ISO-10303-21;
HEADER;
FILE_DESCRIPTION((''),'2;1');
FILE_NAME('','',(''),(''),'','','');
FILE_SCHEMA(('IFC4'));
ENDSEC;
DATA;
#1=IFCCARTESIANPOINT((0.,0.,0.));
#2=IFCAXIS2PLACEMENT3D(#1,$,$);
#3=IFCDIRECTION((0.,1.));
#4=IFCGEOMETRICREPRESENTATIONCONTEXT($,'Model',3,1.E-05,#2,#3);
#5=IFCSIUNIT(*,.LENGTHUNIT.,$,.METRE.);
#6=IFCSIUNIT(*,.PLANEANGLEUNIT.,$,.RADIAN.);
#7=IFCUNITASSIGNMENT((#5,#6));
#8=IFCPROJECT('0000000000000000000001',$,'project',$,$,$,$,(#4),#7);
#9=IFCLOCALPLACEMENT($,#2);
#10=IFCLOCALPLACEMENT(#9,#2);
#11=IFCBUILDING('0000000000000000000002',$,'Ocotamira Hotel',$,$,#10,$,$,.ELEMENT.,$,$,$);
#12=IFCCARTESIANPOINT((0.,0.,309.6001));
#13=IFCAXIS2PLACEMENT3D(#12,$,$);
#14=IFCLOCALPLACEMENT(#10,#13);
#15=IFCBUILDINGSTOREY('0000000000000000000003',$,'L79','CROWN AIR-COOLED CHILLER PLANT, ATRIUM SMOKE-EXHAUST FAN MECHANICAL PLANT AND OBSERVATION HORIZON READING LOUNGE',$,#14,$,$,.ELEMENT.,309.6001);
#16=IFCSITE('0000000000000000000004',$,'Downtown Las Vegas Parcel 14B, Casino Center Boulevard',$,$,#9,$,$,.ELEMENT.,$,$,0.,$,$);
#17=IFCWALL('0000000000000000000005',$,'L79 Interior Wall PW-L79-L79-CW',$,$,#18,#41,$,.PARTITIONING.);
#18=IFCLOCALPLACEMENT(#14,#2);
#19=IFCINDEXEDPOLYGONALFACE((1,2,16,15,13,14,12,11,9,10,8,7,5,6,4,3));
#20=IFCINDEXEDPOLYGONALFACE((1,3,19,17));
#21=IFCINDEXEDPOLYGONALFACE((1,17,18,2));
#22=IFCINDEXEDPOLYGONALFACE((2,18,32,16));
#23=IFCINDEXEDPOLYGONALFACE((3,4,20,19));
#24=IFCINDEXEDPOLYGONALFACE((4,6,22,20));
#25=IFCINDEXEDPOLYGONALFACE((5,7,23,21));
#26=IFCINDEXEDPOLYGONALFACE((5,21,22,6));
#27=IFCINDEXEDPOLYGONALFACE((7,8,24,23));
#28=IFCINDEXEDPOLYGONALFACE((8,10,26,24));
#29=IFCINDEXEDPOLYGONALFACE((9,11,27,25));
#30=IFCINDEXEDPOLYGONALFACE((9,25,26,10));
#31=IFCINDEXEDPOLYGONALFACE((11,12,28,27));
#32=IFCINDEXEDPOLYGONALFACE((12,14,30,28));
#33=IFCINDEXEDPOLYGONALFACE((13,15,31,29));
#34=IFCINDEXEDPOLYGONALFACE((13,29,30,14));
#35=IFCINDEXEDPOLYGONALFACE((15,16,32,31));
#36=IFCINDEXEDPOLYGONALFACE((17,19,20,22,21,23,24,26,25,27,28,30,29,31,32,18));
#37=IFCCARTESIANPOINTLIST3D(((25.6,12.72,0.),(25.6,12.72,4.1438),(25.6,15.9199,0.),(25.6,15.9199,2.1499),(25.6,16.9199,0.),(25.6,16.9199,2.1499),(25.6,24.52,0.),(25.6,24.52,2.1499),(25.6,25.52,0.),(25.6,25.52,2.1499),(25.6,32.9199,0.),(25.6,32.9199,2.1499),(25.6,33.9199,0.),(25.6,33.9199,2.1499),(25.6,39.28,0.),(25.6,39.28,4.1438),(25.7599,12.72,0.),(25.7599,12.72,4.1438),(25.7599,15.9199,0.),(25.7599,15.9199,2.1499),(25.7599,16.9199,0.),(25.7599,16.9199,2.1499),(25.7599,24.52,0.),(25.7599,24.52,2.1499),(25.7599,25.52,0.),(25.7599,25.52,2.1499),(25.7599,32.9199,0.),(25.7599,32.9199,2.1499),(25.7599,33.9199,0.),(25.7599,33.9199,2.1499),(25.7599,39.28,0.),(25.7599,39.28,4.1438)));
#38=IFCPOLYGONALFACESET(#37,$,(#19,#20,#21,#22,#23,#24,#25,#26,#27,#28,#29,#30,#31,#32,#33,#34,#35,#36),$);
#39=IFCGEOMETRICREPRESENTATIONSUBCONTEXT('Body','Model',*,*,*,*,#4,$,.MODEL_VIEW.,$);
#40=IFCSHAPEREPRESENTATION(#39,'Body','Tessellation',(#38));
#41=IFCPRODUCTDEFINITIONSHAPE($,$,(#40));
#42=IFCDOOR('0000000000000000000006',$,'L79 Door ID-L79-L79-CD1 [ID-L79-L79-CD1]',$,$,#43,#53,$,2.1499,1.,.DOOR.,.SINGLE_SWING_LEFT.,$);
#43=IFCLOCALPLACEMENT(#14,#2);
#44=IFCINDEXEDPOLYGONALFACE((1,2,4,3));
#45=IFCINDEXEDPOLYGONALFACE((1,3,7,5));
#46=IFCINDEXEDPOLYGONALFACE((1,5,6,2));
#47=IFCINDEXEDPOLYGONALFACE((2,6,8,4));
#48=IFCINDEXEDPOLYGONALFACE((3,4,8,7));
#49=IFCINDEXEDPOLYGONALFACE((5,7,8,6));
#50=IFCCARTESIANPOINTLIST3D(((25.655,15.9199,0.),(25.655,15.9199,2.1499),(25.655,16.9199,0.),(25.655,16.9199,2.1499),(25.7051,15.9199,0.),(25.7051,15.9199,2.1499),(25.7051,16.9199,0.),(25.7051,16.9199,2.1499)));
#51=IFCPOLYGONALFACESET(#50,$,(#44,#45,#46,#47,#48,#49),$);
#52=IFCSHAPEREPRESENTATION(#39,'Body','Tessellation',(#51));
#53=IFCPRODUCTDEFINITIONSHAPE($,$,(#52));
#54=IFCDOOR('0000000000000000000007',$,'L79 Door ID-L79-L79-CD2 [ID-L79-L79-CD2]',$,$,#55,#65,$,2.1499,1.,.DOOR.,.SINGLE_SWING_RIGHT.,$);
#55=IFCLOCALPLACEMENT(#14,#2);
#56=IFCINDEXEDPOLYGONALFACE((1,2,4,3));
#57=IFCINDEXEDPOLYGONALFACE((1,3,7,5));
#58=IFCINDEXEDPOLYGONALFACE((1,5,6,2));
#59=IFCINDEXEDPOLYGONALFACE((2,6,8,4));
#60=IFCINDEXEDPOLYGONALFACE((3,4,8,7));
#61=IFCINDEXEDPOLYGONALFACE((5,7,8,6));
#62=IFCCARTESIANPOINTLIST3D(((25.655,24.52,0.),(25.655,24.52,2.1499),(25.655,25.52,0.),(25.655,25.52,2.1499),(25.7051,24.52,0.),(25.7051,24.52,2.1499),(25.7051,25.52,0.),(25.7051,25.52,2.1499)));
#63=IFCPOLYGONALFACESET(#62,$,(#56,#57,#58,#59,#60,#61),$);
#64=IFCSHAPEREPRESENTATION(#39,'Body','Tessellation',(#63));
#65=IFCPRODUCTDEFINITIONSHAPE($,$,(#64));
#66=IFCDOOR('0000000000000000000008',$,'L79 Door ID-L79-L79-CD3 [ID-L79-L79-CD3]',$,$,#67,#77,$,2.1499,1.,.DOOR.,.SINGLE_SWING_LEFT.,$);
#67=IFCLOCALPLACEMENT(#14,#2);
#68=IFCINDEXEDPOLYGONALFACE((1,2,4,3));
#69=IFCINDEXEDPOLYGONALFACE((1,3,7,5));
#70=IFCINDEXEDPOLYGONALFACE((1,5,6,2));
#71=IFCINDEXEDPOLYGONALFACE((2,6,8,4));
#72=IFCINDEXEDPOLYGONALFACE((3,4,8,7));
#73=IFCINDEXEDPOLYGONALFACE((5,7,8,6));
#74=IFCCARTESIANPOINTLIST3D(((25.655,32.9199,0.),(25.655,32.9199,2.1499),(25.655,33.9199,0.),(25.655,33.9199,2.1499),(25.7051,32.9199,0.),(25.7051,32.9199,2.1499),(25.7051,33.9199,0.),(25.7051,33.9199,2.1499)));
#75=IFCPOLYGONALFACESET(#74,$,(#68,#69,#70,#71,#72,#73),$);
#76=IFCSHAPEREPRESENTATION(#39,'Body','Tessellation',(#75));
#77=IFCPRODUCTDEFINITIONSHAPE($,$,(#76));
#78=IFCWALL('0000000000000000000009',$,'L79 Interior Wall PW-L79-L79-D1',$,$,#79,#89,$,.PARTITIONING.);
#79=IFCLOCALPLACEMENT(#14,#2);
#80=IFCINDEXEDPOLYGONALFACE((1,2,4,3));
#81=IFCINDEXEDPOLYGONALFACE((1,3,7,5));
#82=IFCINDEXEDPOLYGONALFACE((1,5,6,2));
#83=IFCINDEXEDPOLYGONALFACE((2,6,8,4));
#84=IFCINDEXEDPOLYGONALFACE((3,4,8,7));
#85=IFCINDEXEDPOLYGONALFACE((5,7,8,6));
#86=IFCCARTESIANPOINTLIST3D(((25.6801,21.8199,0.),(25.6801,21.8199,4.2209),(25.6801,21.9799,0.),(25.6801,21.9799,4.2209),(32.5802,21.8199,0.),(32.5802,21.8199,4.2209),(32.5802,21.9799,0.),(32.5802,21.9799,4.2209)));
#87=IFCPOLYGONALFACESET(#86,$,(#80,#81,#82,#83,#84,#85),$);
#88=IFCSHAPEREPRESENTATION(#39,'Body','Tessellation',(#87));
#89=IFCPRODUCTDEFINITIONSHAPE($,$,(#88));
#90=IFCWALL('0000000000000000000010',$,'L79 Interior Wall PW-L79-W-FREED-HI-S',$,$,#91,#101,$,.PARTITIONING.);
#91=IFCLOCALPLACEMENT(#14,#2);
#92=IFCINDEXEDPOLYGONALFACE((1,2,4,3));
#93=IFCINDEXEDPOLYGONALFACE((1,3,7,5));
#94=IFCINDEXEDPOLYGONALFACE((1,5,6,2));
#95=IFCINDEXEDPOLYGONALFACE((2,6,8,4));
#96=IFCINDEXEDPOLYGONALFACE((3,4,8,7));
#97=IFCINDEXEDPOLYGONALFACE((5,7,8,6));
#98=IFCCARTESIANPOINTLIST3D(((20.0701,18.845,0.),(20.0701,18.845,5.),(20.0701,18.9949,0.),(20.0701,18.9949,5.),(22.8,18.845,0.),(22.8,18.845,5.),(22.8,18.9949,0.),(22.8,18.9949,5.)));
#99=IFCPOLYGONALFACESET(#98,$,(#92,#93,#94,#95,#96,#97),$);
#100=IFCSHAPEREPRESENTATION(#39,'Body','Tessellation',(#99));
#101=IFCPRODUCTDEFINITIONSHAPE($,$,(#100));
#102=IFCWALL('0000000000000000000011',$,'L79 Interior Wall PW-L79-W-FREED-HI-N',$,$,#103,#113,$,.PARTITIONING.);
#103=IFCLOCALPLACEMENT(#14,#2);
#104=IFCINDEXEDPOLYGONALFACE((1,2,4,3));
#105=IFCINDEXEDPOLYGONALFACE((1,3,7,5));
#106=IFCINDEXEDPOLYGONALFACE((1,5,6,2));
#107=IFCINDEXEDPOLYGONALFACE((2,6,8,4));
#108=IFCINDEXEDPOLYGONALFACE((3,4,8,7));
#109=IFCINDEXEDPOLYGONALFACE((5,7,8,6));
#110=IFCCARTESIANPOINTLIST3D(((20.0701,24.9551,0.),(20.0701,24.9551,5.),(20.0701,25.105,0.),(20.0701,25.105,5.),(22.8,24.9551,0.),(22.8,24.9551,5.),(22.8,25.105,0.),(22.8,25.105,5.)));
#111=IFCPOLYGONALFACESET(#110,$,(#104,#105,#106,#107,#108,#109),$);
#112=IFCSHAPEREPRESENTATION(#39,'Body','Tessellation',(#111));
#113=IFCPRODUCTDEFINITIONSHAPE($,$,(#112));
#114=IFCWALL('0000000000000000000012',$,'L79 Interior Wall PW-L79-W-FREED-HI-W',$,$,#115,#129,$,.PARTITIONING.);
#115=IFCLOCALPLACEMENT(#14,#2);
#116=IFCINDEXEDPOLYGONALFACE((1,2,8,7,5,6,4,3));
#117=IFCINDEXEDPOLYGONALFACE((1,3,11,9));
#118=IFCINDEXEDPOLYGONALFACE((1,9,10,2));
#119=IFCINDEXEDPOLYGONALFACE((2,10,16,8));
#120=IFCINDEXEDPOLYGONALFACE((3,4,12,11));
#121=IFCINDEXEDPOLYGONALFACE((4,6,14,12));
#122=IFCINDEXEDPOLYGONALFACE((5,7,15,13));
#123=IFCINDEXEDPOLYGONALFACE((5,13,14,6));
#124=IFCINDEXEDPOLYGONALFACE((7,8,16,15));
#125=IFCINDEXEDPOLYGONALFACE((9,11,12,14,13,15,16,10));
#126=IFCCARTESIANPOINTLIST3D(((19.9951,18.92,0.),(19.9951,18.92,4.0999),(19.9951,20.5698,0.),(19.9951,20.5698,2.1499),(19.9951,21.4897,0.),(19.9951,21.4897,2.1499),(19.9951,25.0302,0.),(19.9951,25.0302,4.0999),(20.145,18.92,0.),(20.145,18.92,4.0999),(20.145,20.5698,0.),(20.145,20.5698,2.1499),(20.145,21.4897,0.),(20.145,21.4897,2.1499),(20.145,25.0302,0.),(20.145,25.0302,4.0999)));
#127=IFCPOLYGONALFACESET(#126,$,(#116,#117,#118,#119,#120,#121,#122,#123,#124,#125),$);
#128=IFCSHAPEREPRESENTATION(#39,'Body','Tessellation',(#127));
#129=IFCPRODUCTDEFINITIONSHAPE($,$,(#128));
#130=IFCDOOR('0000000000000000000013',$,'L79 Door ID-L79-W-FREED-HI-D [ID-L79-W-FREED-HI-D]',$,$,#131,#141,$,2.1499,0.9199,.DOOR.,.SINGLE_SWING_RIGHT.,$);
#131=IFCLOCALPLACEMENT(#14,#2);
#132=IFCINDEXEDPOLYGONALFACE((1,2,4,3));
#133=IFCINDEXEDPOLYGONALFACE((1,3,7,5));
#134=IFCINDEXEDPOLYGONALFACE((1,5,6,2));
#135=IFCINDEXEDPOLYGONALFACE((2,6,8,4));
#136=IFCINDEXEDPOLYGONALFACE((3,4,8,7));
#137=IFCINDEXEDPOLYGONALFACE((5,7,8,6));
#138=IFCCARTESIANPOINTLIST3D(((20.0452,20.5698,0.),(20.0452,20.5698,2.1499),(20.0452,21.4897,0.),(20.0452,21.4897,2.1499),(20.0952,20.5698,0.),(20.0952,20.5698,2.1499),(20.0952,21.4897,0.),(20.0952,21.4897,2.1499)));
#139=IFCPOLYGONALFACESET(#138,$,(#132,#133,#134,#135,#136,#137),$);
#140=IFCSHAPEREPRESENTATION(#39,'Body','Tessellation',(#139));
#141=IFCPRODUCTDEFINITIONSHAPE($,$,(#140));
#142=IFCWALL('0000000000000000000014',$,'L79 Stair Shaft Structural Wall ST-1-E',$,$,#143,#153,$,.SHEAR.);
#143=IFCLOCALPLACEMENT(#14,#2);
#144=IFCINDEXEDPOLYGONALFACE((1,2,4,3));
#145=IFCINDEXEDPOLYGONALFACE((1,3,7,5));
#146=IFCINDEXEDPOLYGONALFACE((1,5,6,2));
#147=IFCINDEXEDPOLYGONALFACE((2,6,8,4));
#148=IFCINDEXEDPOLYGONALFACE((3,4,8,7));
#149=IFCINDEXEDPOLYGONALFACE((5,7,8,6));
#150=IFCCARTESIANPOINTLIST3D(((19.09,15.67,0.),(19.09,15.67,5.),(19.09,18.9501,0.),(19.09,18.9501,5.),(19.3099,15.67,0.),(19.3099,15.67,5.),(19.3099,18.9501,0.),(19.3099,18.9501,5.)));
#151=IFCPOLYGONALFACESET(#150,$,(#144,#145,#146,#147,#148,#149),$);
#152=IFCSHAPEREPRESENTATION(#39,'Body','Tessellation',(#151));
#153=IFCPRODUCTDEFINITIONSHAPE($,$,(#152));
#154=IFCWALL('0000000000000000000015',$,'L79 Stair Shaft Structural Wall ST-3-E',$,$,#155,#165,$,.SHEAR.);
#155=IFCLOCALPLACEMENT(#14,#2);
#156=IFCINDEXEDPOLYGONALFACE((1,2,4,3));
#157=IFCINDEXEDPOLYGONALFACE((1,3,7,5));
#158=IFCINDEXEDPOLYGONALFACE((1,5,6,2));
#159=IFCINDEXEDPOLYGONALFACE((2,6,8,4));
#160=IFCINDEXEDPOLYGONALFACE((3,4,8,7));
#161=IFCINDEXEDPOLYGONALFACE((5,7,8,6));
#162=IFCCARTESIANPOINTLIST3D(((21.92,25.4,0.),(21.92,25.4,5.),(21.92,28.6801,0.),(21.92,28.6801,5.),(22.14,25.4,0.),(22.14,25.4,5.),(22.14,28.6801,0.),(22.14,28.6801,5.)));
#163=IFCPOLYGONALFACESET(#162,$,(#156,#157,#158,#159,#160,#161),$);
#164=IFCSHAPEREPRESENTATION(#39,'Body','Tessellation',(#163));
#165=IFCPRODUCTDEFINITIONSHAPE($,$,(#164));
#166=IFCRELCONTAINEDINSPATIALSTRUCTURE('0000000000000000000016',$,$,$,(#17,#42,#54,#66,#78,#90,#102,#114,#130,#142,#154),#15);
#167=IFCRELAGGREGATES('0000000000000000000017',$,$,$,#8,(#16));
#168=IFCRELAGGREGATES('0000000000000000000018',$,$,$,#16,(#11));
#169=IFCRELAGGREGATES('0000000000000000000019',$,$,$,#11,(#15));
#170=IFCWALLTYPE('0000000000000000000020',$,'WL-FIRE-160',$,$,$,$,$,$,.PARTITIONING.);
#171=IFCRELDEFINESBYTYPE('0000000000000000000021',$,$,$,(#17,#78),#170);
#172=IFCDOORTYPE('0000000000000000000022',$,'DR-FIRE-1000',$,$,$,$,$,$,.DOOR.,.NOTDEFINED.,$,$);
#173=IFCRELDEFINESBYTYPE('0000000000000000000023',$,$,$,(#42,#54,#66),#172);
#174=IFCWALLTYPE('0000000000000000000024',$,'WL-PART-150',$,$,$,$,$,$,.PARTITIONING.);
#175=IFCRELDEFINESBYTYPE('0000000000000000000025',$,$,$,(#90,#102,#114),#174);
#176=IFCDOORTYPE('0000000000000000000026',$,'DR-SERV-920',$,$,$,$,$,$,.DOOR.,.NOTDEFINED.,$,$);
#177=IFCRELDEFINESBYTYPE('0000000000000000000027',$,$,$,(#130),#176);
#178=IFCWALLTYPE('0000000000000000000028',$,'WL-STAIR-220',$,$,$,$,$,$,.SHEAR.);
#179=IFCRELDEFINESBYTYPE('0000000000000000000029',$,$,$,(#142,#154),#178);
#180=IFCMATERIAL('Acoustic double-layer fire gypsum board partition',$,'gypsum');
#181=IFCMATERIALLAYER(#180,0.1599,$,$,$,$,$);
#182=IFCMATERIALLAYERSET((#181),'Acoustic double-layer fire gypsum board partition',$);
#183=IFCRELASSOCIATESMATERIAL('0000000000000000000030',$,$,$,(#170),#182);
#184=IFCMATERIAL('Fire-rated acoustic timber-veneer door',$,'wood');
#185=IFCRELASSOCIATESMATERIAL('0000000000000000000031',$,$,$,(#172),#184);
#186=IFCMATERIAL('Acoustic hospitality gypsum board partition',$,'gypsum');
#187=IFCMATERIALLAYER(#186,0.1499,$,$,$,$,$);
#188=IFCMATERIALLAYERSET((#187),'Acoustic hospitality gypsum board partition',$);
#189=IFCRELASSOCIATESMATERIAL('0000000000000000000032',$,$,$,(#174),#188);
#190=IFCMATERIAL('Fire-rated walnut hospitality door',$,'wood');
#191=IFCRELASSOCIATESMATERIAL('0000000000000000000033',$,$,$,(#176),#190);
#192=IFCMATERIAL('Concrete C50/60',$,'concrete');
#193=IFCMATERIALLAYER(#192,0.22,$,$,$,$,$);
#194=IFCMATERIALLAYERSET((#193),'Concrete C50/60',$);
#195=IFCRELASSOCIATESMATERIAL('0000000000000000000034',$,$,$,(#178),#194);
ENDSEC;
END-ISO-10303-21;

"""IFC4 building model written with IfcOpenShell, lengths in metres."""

from ifc_helpers import new_model, si_unit, direction, frame, frame_2d, origin, place, context, subcontext, project, spatial, rectangle, extrude, source, transform, mapped, material, layer, layer_set, type_object, element, fill, save


model = new_model("IFC4")

# Units and contexts
model_context = context("Model", 3, precision=1e-05, world=origin(), true_north=direction((0.0, 1.0)))
body_context = subcontext(model_context, "Body", "Model", "MODEL_VIEW")
ifc_project = project(units=[si_unit("LENGTHUNIT", "METRE"), si_unit("PLANEANGLEUNIT", "RADIAN")], contexts=[model_context])

# Site, building, storey
site_placement = place(None, origin())
site = spatial("IfcSite", under=ifc_project, at=site_placement, Name="Downtown Las Vegas Parcel 14B, Casino Center Boulevard", CompositionType="ELEMENT", RefElevation=0.0)
building_placement = place(site_placement, origin())
building = spatial("IfcBuilding", under=site, at=building_placement, Name="Ocotamira Hotel", CompositionType="ELEMENT")
storey_placement = place(building_placement, frame((0.0, 0.0, 309.6001)))
storey = spatial("IfcBuildingStorey", under=building, at=storey_placement, Name="L79", Description="CROWN AIR-COOLED CHILLER PLANT, ATRIUM SMOKE-EXHAUST FAN MECHANICAL PLANT AND OBSERVATION HORIZON READING LOUNGE", CompositionType="ELEMENT", Elevation=309.6001)

# Shared definitions
ifc_material_1 = material(Name="Concrete C50/60", Category="concrete")
ifc_material_2 = material(Name="Acoustic double-layer fire gypsum board partition", Category="gypsum")
ifc_layer_1 = layer(ifc_material_2, 0.1599)
ifc_layer_set_1 = layer_set([ifc_layer_1], Name="Acoustic double-layer fire gypsum board partition")
wall_type_1 = type_object("IfcWallType", Name="WL-FIRE-160", PredefinedType="PARTITIONING", material=ifc_layer_set_1)

# Wall, openings, doors
wall_1_placement = place(storey_placement, frame((25.6799, 12.72, 0.0), z_axis=(0.0, 0.0, 1.0), x_axis=(0.0, 1.0, 0.0)))
wall_1 = element("IfcWall", 1, at=wall_1_placement, inside=storey, type_object=wall_type_1, Name="L79 Interior Wall PW-L79-L79-CW", PredefinedType="PARTITIONING", context=body_context, shape_type="SweptSolid", body=[
    extrude(rectangle(XDim=26.5601, YDim=0.1599, at=frame_2d((13.28, 0.0))), origin(), (0.0, 0.0, 1.0), 4.1438),
])
opening_1_placement = place(wall_1_placement, frame((3.2, 0.0, 0.0)))
opening_1 = element("IfcOpeningElement", 2, at=opening_1_placement, cuts=wall_1, PredefinedType="OPENING", context=body_context, shape_type="SweptSolid", body=[
    extrude(rectangle(XDim=1.0, YDim=2.1499, at=frame_2d((0.5, 1.075))), frame((0.0, 0.0898, 0.0), z_axis=(0.0, -1.0, 0.0), x_axis=(1.0, 0.0, 0.0)), (0.0, 0.0, 1.0), 0.1799),
])
opening_2_placement = place(wall_1_placement, frame((11.8, 0.0, 0.0)))
opening_2 = element("IfcOpeningElement", 3, at=opening_2_placement, cuts=wall_1, PredefinedType="OPENING", context=body_context, shape_type="SweptSolid", body=[
    extrude(rectangle(XDim=1.0, YDim=2.1499, at=frame_2d((0.5, 1.075))), frame((0.0, 0.0898, 0.0), z_axis=(0.0, -1.0, 0.0), x_axis=(1.0, 0.0, 0.0)), (0.0, 0.0, 1.0), 0.1799),
])
opening_3_placement = place(wall_1_placement, frame((20.2, 0.0, 0.0)))
opening_3 = element("IfcOpeningElement", 4, at=opening_3_placement, cuts=wall_1, PredefinedType="OPENING", context=body_context, shape_type="SweptSolid", body=[
    extrude(rectangle(XDim=1.0, YDim=2.1499, at=frame_2d((0.5, 1.075))), frame((0.0, 0.0898, 0.0), z_axis=(0.0, -1.0, 0.0), x_axis=(1.0, 0.0, 0.0)), (0.0, 0.0, 1.0), 0.1799),
])
ifc_material_3 = material(Name="Fire-rated acoustic timber-veneer door", Category="wood")
door_type_1 = type_object("IfcDoorType", Name="DR-FIRE-1000", OperationType="NOTDEFINED", PredefinedType="DOOR", material=ifc_material_3)
shared_shape_1 = source(origin(), body_context, "Body", "SweptSolid", [
    extrude(rectangle(XDim=1.0, YDim=2.1499, at=frame_2d((0.5, 1.075))), frame((0.0, 0.0249, 0.0), z_axis=(0.0, -1.0, 0.0), x_axis=(1.0, 0.0, 0.0)), (0.0, 0.0, 1.0), 0.05),
])
door_1_placement = place(opening_1_placement, origin())
door_1 = element("IfcDoor", 5, at=door_1_placement, inside=storey, type_object=door_type_1, Name="L79 Door ID-L79-L79-CD1 [ID-L79-L79-CD1]", OperationType="SINGLE_SWING_LEFT", OverallHeight=2.1499, OverallWidth=1.0, PredefinedType="DOOR", context=body_context, shape_type="MappedRepresentation", body=[
    mapped(shared_shape_1, transform((0.0, 0.0, 0.0), scale=1.0)),
])
fill(opening_1, door_1)
door_2_placement = place(opening_2_placement, origin())
door_2 = element("IfcDoor", 6, at=door_2_placement, inside=storey, type_object=door_type_1, Name="L79 Door ID-L79-L79-CD2 [ID-L79-L79-CD2]", OperationType="SINGLE_SWING_RIGHT", OverallHeight=2.1499, OverallWidth=1.0, PredefinedType="DOOR", context=body_context, shape_type="MappedRepresentation", body=[
    mapped(shared_shape_1, transform((0.0, 0.0, 0.0), scale=1.0)),
])
fill(opening_2, door_2)
door_3_placement = place(opening_3_placement, origin())
door_3 = element("IfcDoor", 7, at=door_3_placement, inside=storey, type_object=door_type_1, Name="L79 Door ID-L79-L79-CD3 [ID-L79-L79-CD3]", OperationType="SINGLE_SWING_LEFT", OverallHeight=2.1499, OverallWidth=1.0, PredefinedType="DOOR", context=body_context, shape_type="MappedRepresentation", body=[
    mapped(shared_shape_1, transform((0.0, 0.0, 0.0), scale=1.0)),
])
fill(opening_3, door_3)

# Walls
wall_2_placement = place(storey_placement, frame((25.6799, 21.8999, 0.0), z_axis=(0.0, 0.0, 1.0), x_axis=(1.0, 0.0, 0.0)))
element("IfcWall", 8, at=wall_2_placement, inside=storey, type_object=wall_type_1, Name="L79 Interior Wall PW-L79-L79-D1", PredefinedType="PARTITIONING", context=body_context, shape_type="SweptSolid", body=[
    extrude(rectangle(XDim=6.9001, YDim=0.1599, at=frame_2d((3.4502, 0.0))), origin(), (0.0, 0.0, 1.0), 4.2209),
])
ifc_material_4 = material(Name="Acoustic hospitality gypsum board partition", Category="gypsum")
ifc_layer_2 = layer(ifc_material_4, 0.1499)
ifc_layer_set_2 = layer_set([ifc_layer_2], Name="Acoustic hospitality gypsum board partition")
wall_type_2 = type_object("IfcWallType", Name="WL-PART-150", PredefinedType="PARTITIONING", material=ifc_layer_set_2)
for number, where, z_axis, x_axis, name in (
    (9, (20.0701, 18.9199, 0.0), (0.0, 0.0, 1.0), (1.0, 0.0, 0.0), "L79 Interior Wall PW-L79-W-FREED-HI-S"),
    (10, (20.0701, 25.03, 0.0), (0.0, 0.0, 1.0), (1.0, 0.0, 0.0), "L79 Interior Wall PW-L79-W-FREED-HI-N"),
):
    element("IfcWall", number, at=place(storey_placement, frame(where, z_axis=z_axis, x_axis=x_axis)), inside=storey, type_object=wall_type_2, Name=name, PredefinedType="PARTITIONING", context=body_context, shape_type="SweptSolid", body=[
        extrude(rectangle(XDim=2.73, YDim=0.1499, at=frame_2d((1.365, 0.0))), origin(), (0.0, 0.0, 1.0), 5.0),
    ])

# Wall, opening, door
wall_3_placement = place(storey_placement, frame((20.0701, 18.9199, 0.0), z_axis=(0.0, 0.0, 1.0), x_axis=(0.0, 1.0, 0.0)))
wall_3 = element("IfcWall", 11, at=wall_3_placement, inside=storey, type_object=wall_type_2, Name="L79 Interior Wall PW-L79-W-FREED-HI-W", PredefinedType="PARTITIONING", context=body_context, shape_type="SweptSolid", body=[
    extrude(rectangle(XDim=6.1101, YDim=0.1499, at=frame_2d((3.0552, 0.0))), origin(), (0.0, 0.0, 1.0), 4.0999),
])
opening_4_placement = place(wall_3_placement, frame((1.6499, 0.0, 0.0)))
opening_4 = element("IfcOpeningElement", 12, at=opening_4_placement, cuts=wall_3, PredefinedType="OPENING", context=body_context, shape_type="SweptSolid", body=[
    extrude(rectangle(XDim=0.9199, YDim=2.1499, at=frame_2d((0.46, 1.075))), frame((0.0, 0.085, 0.0), z_axis=(0.0, -1.0, 0.0), x_axis=(1.0, 0.0, 0.0)), (0.0, 0.0, 1.0), 0.1699),
])
ifc_material_5 = material(Name="Fire-rated walnut hospitality door", Category="wood")
door_type_2 = type_object("IfcDoorType", Name="DR-SERV-920", OperationType="NOTDEFINED", PredefinedType="DOOR", material=ifc_material_5)
shared_shape_2 = source(origin(), body_context, "Body", "SweptSolid", [
    extrude(rectangle(XDim=0.9199, YDim=2.1499, at=frame_2d((0.46, 1.075))), frame((0.0, 0.0249, 0.0), z_axis=(0.0, -1.0, 0.0), x_axis=(1.0, 0.0, 0.0)), (0.0, 0.0, 1.0), 0.05),
])
door_4_placement = place(opening_4_placement, origin())
door_4 = element("IfcDoor", 13, at=door_4_placement, inside=storey, type_object=door_type_2, Name="L79 Door ID-L79-W-FREED-HI-D [ID-L79-W-FREED-HI-D]", OperationType="SINGLE_SWING_RIGHT", OverallHeight=2.1499, OverallWidth=0.9199, PredefinedType="DOOR", context=body_context, shape_type="MappedRepresentation", body=[
    mapped(shared_shape_2, transform((0.0, 0.0, 0.0), scale=1.0)),
])
fill(opening_4, door_4)

# Walls
ifc_layer_3 = layer(ifc_material_1, 0.22)
ifc_layer_set_3 = layer_set([ifc_layer_3], Name="Concrete C50/60")
wall_type_3 = type_object("IfcWallType", Name="WL-STAIR-220", PredefinedType="SHEAR", material=ifc_layer_set_3)
for number, where, z_axis, x_axis, name in (
    (14, (19.2, 15.6699, 0.0), (0.0, 0.0, 1.0), (0.0, 1.0, 0.0), "L79 Stair Shaft Structural Wall ST-1-E"),
    (15, (22.03, 25.3999, 0.0), (0.0, 0.0, 1.0), (0.0, 1.0, 0.0), "L79 Stair Shaft Structural Wall ST-3-E"),
):
    element("IfcWall", number, at=place(storey_placement, frame(where, z_axis=z_axis, x_axis=x_axis)), inside=storey, type_object=wall_type_3, Name=name, PredefinedType="SHEAR", context=body_context, shape_type="SweptSolid", body=[
        extrude(rectangle(XDim=3.28, YDim=0.22, at=frame_2d((1.6401, 0.0))), origin(), (0.0, 0.0, 1.0), 5.0),
    ])

save(model, "model.ifc")
